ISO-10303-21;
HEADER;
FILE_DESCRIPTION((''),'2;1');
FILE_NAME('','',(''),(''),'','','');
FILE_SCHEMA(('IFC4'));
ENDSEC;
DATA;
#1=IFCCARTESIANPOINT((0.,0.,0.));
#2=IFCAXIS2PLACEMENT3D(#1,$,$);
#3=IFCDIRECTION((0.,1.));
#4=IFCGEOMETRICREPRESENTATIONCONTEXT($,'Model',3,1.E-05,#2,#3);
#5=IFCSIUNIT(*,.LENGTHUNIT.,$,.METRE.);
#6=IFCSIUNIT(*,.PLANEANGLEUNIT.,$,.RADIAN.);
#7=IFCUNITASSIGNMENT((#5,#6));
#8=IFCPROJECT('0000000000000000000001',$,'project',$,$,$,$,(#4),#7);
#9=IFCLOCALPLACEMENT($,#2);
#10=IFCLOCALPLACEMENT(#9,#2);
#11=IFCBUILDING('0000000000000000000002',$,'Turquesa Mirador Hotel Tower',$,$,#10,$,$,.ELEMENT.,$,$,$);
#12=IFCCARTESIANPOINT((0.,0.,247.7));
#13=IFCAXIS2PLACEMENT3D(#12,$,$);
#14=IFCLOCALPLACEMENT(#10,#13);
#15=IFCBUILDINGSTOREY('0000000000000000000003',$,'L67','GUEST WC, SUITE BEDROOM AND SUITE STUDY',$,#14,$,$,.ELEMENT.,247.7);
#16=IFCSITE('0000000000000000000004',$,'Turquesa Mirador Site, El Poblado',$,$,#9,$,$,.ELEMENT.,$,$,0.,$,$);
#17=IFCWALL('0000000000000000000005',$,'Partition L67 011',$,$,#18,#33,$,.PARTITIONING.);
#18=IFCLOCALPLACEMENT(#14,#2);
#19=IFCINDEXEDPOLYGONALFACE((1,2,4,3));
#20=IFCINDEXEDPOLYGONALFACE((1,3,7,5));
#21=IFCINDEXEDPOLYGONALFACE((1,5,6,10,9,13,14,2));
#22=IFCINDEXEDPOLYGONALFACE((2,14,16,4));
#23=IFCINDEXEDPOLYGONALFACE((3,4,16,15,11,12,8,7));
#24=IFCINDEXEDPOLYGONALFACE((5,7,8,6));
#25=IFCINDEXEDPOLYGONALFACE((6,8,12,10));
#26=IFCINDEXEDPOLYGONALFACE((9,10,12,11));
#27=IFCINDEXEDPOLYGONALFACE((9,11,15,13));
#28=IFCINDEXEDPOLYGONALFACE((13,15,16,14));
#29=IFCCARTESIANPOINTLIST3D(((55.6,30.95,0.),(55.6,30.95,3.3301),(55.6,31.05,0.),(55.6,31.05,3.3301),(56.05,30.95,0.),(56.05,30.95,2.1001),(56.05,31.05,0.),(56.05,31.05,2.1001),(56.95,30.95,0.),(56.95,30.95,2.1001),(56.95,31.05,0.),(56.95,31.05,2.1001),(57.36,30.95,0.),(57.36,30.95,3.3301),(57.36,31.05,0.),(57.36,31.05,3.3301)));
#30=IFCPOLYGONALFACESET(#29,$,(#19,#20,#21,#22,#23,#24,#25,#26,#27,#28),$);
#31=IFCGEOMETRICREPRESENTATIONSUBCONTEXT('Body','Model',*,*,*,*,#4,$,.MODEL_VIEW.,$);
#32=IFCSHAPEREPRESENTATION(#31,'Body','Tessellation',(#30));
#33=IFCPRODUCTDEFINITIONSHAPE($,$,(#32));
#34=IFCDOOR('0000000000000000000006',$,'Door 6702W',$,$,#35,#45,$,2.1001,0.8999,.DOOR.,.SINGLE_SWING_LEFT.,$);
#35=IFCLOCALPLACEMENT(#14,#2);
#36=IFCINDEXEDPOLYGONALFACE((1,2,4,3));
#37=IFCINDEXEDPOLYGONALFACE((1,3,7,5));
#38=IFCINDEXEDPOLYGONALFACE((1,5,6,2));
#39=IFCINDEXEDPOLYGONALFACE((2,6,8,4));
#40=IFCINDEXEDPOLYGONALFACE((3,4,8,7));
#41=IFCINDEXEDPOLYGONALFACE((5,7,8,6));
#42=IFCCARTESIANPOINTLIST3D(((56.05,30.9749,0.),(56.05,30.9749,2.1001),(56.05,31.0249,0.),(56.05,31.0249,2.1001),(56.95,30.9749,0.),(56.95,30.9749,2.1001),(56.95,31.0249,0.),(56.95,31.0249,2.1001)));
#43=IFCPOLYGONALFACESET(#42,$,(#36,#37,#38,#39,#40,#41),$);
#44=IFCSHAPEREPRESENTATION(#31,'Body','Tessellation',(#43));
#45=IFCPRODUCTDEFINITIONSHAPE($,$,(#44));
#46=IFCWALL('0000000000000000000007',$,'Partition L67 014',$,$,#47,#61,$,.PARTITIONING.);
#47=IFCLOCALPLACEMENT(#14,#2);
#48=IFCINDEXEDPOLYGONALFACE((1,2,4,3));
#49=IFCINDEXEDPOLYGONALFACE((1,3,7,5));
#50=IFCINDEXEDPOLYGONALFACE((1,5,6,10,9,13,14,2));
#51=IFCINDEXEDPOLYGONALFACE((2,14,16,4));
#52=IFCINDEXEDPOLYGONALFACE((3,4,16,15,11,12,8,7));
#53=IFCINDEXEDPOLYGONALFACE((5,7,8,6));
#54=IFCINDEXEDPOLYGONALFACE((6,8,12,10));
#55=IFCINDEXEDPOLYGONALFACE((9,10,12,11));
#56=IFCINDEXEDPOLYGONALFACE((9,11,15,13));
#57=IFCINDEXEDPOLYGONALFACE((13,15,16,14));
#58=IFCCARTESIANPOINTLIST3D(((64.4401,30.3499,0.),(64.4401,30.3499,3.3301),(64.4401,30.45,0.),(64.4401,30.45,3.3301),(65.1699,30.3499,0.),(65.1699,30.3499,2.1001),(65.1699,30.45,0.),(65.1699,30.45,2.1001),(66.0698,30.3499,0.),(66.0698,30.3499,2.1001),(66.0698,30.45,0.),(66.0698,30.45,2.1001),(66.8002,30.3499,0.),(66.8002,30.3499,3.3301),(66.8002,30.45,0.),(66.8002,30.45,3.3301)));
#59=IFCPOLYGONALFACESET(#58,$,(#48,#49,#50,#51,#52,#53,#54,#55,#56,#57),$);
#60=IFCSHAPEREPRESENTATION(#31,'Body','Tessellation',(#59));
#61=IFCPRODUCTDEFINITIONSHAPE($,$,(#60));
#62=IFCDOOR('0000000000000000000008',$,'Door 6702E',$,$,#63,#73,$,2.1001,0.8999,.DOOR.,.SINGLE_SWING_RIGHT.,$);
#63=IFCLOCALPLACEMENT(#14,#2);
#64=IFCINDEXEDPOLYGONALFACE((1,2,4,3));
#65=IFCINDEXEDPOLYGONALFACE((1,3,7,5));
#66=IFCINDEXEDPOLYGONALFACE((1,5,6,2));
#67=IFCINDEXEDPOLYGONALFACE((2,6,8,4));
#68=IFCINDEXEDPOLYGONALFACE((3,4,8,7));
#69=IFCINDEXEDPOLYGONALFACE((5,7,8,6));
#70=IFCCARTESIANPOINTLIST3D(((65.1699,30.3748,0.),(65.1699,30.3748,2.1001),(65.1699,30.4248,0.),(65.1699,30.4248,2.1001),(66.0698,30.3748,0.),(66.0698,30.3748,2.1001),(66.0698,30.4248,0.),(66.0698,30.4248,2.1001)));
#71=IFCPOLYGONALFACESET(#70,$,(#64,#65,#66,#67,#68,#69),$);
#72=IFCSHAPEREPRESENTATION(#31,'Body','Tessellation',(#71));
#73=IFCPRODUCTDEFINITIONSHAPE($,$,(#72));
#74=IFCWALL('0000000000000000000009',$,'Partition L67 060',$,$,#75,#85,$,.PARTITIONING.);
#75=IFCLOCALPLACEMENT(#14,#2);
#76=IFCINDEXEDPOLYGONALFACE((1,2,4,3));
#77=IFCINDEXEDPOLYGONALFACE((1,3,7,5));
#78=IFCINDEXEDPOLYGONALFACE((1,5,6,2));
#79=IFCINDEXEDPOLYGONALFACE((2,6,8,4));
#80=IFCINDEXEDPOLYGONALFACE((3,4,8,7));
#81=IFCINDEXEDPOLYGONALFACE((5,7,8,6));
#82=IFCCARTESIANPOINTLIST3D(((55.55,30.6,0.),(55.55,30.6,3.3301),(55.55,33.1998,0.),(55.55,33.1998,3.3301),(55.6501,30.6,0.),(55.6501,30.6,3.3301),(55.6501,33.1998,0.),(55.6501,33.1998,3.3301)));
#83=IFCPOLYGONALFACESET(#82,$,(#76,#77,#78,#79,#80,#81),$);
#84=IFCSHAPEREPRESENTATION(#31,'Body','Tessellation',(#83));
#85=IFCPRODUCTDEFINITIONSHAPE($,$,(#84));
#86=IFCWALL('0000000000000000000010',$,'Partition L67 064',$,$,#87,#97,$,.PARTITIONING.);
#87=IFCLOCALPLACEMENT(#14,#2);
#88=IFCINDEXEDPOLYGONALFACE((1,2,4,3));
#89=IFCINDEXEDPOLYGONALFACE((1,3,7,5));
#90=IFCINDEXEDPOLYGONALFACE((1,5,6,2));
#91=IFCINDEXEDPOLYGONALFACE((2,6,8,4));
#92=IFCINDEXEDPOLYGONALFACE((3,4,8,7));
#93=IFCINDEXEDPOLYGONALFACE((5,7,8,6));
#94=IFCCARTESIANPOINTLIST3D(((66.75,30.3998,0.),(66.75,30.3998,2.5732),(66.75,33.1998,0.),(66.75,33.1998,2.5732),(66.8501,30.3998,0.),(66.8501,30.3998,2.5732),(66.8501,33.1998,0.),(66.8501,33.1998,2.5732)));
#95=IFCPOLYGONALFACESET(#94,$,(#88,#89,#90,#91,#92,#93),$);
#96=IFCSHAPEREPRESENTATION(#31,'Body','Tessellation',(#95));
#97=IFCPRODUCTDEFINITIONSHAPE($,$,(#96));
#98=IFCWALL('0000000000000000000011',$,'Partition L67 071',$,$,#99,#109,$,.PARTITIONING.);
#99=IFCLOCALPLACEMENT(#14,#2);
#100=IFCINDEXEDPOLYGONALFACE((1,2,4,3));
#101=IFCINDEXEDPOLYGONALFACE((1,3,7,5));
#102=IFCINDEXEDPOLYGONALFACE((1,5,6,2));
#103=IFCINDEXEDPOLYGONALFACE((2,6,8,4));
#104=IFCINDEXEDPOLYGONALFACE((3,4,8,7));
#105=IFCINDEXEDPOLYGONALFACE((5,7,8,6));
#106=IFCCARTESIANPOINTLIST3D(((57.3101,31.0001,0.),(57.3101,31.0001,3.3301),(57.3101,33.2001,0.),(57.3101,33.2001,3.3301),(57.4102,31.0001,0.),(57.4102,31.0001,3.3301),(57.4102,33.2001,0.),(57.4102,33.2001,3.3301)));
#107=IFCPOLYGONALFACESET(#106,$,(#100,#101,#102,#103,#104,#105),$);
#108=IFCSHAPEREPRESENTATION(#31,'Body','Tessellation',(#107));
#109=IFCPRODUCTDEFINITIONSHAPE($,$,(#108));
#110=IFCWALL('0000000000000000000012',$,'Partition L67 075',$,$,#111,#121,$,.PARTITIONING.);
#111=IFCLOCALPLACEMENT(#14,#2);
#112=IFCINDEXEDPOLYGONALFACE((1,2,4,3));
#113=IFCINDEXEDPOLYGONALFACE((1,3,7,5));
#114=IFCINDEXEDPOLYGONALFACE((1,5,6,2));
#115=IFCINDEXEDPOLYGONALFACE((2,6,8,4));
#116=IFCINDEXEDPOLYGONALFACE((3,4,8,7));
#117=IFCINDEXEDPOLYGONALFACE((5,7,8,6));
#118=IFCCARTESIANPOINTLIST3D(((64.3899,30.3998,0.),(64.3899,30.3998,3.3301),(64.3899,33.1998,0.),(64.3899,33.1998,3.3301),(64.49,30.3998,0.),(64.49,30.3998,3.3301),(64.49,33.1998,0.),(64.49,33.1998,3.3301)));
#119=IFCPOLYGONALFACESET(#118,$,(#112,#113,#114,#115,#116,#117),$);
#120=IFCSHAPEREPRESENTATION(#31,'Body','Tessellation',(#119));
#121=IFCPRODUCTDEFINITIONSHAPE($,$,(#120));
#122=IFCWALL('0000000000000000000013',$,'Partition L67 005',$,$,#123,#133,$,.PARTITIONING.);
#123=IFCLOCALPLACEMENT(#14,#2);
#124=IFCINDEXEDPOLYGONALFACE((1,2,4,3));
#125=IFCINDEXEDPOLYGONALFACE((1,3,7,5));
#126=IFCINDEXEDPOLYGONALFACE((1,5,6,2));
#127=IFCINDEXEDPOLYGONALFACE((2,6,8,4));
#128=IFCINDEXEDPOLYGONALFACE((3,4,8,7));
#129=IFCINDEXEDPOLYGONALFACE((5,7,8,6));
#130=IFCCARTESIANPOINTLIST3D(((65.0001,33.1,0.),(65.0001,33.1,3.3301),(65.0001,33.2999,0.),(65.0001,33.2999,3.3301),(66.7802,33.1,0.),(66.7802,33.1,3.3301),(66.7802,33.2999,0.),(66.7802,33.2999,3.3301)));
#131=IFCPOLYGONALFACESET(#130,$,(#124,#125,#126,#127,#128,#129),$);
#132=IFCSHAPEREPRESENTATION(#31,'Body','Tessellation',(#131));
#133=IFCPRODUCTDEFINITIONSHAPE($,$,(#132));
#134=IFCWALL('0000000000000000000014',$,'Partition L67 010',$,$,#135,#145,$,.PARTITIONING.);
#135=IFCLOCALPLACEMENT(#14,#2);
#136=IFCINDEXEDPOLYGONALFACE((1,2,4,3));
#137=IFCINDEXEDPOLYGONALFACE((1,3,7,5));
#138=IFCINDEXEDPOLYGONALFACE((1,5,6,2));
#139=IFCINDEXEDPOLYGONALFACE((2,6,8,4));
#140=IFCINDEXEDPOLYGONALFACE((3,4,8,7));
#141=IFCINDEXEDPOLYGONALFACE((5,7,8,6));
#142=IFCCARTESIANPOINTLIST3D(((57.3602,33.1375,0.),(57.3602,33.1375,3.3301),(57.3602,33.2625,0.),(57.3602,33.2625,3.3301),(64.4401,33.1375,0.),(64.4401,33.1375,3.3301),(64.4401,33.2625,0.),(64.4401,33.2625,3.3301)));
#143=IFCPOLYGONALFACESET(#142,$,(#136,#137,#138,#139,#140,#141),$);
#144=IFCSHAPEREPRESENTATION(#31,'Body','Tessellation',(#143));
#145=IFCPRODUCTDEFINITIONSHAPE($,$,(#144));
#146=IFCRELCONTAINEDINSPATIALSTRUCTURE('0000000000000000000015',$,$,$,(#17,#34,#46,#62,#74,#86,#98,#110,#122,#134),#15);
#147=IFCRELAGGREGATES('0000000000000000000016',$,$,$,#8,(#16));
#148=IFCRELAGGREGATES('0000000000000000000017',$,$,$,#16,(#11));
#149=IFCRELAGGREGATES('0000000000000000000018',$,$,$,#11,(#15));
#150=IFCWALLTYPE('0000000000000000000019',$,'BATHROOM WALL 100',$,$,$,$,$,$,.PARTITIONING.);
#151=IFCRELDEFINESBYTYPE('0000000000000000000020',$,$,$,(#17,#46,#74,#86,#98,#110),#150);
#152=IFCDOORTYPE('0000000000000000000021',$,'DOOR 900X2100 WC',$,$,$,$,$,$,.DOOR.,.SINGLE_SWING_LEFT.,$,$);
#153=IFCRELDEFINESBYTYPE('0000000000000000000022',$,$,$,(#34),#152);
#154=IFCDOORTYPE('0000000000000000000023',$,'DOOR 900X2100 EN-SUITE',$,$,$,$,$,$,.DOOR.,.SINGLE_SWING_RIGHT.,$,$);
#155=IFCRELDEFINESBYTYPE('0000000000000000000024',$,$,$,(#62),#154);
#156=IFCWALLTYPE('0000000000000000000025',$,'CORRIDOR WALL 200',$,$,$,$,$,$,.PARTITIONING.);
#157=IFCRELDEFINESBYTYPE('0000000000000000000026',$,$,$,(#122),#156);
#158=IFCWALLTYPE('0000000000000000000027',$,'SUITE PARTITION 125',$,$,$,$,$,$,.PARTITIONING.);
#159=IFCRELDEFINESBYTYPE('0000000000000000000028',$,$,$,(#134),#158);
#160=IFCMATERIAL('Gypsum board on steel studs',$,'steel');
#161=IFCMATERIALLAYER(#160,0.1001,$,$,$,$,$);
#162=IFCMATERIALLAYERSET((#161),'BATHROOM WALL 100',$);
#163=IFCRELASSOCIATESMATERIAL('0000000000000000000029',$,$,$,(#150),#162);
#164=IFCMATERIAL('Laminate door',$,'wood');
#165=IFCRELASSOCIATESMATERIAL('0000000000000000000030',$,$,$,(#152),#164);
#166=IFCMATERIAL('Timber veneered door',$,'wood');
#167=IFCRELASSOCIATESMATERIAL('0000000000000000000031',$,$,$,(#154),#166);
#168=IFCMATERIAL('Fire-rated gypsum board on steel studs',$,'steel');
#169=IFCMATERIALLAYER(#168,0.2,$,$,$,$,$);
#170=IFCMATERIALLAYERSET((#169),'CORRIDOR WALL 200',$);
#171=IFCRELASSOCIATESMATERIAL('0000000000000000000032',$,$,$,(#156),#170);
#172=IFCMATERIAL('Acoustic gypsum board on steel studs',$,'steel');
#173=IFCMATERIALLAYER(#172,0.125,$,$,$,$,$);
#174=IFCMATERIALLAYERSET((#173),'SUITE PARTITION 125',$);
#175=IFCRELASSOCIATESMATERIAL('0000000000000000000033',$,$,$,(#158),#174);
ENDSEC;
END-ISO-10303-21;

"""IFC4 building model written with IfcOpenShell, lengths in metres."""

from ifc_helpers import new_model, si_unit, direction, frame, frame_2d, origin, place, context, subcontext, project, spatial, rectangle, extrude, material, layer, layer_set, type_object, element, fill, save


model = new_model("IFC4")

# Units and contexts
model_context = context("Model", 3, precision=1e-05, world=origin(), true_north=direction((0.0, 1.0)))
body_context = subcontext(model_context, "Body", "Model", "MODEL_VIEW")
ifc_project = project(units=[si_unit("LENGTHUNIT", "METRE"), si_unit("PLANEANGLEUNIT", "RADIAN")], contexts=[model_context])

# Site, building, storey
site_placement = place(None, origin())
site = spatial("IfcSite", under=ifc_project, at=site_placement, Name="Turquesa Mirador Site, El Poblado", CompositionType="ELEMENT", RefElevation=0.0)
building_placement = place(site_placement, origin())
building = spatial("IfcBuilding", under=site, at=building_placement, Name="Turquesa Mirador Hotel Tower", CompositionType="ELEMENT")
storey_placement = place(building_placement, frame((0.0, 0.0, 247.7)))
storey = spatial("IfcBuildingStorey", under=building, at=storey_placement, Name="L67", Description="GUEST WC, SUITE BEDROOM AND SUITE STUDY", CompositionType="ELEMENT", Elevation=247.7)

# Shared definitions
ifc_material_1 = material(Name="Gypsum board on steel studs", Category="steel")
ifc_layer_1 = layer(ifc_material_1, 0.1001)
ifc_layer_set_1 = layer_set([ifc_layer_1], Name="BATHROOM WALL 100")
wall_type_1 = type_object("IfcWallType", Name="BATHROOM WALL 100", PredefinedType="PARTITIONING", material=ifc_layer_set_1)

# Walls, openings, doors
wall_1_placement = place(storey_placement, frame((55.6001, 31.0, 0.0), z_axis=(0.0, 0.0, 1.0), x_axis=(1.0, 0.0, 0.0)))
wall_1 = element("IfcWall", 1, at=wall_1_placement, inside=storey, type_object=wall_type_1, Name="Partition L67 011", PredefinedType="PARTITIONING", context=body_context, shape_type="SweptSolid", body=[
    extrude(rectangle(XDim=1.76, YDim=0.1001, at=frame_2d((0.8799, 0.0))), origin(), (0.0, 0.0, 1.0), 3.3301),
])
opening_1_placement = place(wall_1_placement, frame((0.45, 0.0, 0.0)))
opening_1 = element("IfcOpeningElement", 2, at=opening_1_placement, cuts=wall_1, PredefinedType="OPENING", context=body_context, shape_type="SweptSolid", body=[
    extrude(rectangle(XDim=0.8999, YDim=2.1001, at=frame_2d((0.45, 1.05))), frame((0.0, 0.0601, 0.0), z_axis=(0.0, -1.0, 0.0), x_axis=(1.0, 0.0, 0.0)), (0.0, 0.0, 1.0), 0.1201),
])
ifc_material_2 = material(Name="Laminate door", Category="wood")
door_type_1 = type_object("IfcDoorType", Name="DOOR 900X2100 WC", OperationType="SINGLE_SWING_LEFT", PredefinedType="DOOR", material=ifc_material_2)
door_1_placement = place(opening_1_placement, origin())
door_1 = element("IfcDoor", 3, at=door_1_placement, inside=storey, type_object=door_type_1, Name="Door 6702W", OperationType="SINGLE_SWING_LEFT", OverallHeight=2.1001, OverallWidth=0.8999, PredefinedType="DOOR", context=body_context, shape_type="SweptSolid", body=[
    extrude(rectangle(XDim=0.8999, YDim=2.1001, at=frame_2d((0.45, 1.05))), frame((0.0, 0.0249, 0.0), z_axis=(0.0, -1.0, 0.0), x_axis=(1.0, 0.0, 0.0)), (0.0, 0.0, 1.0), 0.05),
])
fill(opening_1, door_1)
wall_2_placement = place(storey_placement, frame((64.4399, 30.3999, 0.0), z_axis=(0.0, 0.0, 1.0), x_axis=(1.0, 0.0, 0.0)))
wall_2 = element("IfcWall", 4, at=wall_2_placement, inside=storey, type_object=wall_type_1, Name="Partition L67 014", PredefinedType="PARTITIONING", context=body_context, shape_type="SweptSolid", body=[
    extrude(rectangle(XDim=2.3601, YDim=0.1001, at=frame_2d((1.1802, 0.0))), origin(), (0.0, 0.0, 1.0), 3.3301),
])
opening_2_placement = place(wall_2_placement, frame((0.73, 0.0, 0.0)))
opening_2 = element("IfcOpeningElement", 5, at=opening_2_placement, cuts=wall_2, PredefinedType="OPENING", context=body_context, shape_type="SweptSolid", body=[
    extrude(rectangle(XDim=0.8999, YDim=2.1001, at=frame_2d((0.45, 1.05))), frame((0.0, 0.0601, 0.0), z_axis=(0.0, -1.0, 0.0), x_axis=(1.0, 0.0, 0.0)), (0.0, 0.0, 1.0), 0.1201),
])
ifc_material_3 = material(Name="Timber veneered door", Category="wood")
door_type_2 = type_object("IfcDoorType", Name="DOOR 900X2100 EN-SUITE", OperationType="SINGLE_SWING_RIGHT", PredefinedType="DOOR", material=ifc_material_3)
door_2_placement = place(opening_2_placement, origin())
door_2 = element("IfcDoor", 6, at=door_2_placement, inside=storey, type_object=door_type_2, Name="Door 6702E", OperationType="SINGLE_SWING_RIGHT", OverallHeight=2.1001, OverallWidth=0.8999, PredefinedType="DOOR", context=body_context, shape_type="SweptSolid", body=[
    extrude(rectangle(XDim=0.8999, YDim=2.1001, at=frame_2d((0.45, 1.05))), frame((0.0, 0.0249, 0.0), z_axis=(0.0, -1.0, 0.0), x_axis=(1.0, 0.0, 0.0)), (0.0, 0.0, 1.0), 0.05),
])
fill(opening_2, door_2)

# Walls
wall_3_placement = place(storey_placement, frame((55.6001, 30.6001, 0.0), z_axis=(0.0, 0.0, 1.0), x_axis=(0.0, 1.0, 0.0)))
element("IfcWall", 7, at=wall_3_placement, inside=storey, type_object=wall_type_1, Name="Partition L67 060", PredefinedType="PARTITIONING", context=body_context, shape_type="SweptSolid", body=[
    extrude(rectangle(XDim=2.5999, YDim=0.1001, at=frame_2d((1.2998, 0.0))), origin(), (0.0, 0.0, 1.0), 3.3301),
])
wall_4_placement = place(storey_placement, frame((66.8, 30.3999, 0.0), z_axis=(0.0, 0.0, 1.0), x_axis=(0.0, 1.0, 0.0)))
element("IfcWall", 8, at=wall_4_placement, inside=storey, type_object=wall_type_1, Name="Partition L67 064", PredefinedType="PARTITIONING", context=body_context, shape_type="SweptSolid", body=[
    extrude(rectangle(XDim=2.8, YDim=0.1001, at=frame_2d((1.3999, 0.0))), origin(), (0.0, 0.0, 1.0), 2.5732),
])
wall_5_placement = place(storey_placement, frame((57.3601, 31.0, 0.0), z_axis=(0.0, 0.0, 1.0), x_axis=(0.0, 1.0, 0.0)))
element("IfcWall", 9, at=wall_5_placement, inside=storey, type_object=wall_type_1, Name="Partition L67 071", PredefinedType="PARTITIONING", context=body_context, shape_type="SweptSolid", body=[
    extrude(rectangle(XDim=2.2, YDim=0.1001, at=frame_2d((1.1001, 0.0))), origin(), (0.0, 0.0, 1.0), 3.3301),
])
wall_6_placement = place(storey_placement, frame((64.4399, 30.3999, 0.0), z_axis=(0.0, 0.0, 1.0), x_axis=(0.0, 1.0, 0.0)))
element("IfcWall", 10, at=wall_6_placement, inside=storey, type_object=wall_type_1, Name="Partition L67 075", PredefinedType="PARTITIONING", context=body_context, shape_type="SweptSolid", body=[
    extrude(rectangle(XDim=2.8, YDim=0.1001, at=frame_2d((1.3999, 0.0))), origin(), (0.0, 0.0, 1.0), 3.3301),
])
ifc_material_4 = material(Name="Fire-rated gypsum board on steel studs", Category="steel")
ifc_layer_2 = layer(ifc_material_4, 0.2)
ifc_layer_set_2 = layer_set([ifc_layer_2], Name="CORRIDOR WALL 200")
wall_type_2 = type_object("IfcWallType", Name="CORRIDOR WALL 200", PredefinedType="PARTITIONING", material=ifc_layer_set_2)
wall_7_placement = place(storey_placement, frame((65.0, 33.2, 0.0), z_axis=(0.0, 0.0, 1.0), x_axis=(1.0, 0.0, 0.0)))
element("IfcWall", 11, at=wall_7_placement, inside=storey, type_object=wall_type_2, Name="Partition L67 005", PredefinedType="PARTITIONING", context=body_context, shape_type="SweptSolid", body=[
    extrude(rectangle(XDim=1.78, YDim=0.2, at=frame_2d((0.8901, 0.0))), origin(), (0.0, 0.0, 1.0), 3.3301),
])
ifc_material_5 = material(Name="Acoustic gypsum board on steel studs", Category="steel")
ifc_layer_3 = layer(ifc_material_5, 0.125)
ifc_layer_set_3 = layer_set([ifc_layer_3], Name="SUITE PARTITION 125")
wall_type_3 = type_object("IfcWallType", Name="SUITE PARTITION 125", PredefinedType="PARTITIONING", material=ifc_layer_set_3)
wall_8_placement = place(storey_placement, frame((57.3601, 33.2, 0.0), z_axis=(0.0, 0.0, 1.0), x_axis=(1.0, 0.0, 0.0)))
element("IfcWall", 12, at=wall_8_placement, inside=storey, type_object=wall_type_3, Name="Partition L67 010", PredefinedType="PARTITIONING", context=body_context, shape_type="SweptSolid", body=[
    extrude(rectangle(XDim=7.0798, YDim=0.125, at=frame_2d((3.54, 0.0))), origin(), (0.0, 0.0, 1.0), 3.3301),
])

save(model, "model.ifc")
